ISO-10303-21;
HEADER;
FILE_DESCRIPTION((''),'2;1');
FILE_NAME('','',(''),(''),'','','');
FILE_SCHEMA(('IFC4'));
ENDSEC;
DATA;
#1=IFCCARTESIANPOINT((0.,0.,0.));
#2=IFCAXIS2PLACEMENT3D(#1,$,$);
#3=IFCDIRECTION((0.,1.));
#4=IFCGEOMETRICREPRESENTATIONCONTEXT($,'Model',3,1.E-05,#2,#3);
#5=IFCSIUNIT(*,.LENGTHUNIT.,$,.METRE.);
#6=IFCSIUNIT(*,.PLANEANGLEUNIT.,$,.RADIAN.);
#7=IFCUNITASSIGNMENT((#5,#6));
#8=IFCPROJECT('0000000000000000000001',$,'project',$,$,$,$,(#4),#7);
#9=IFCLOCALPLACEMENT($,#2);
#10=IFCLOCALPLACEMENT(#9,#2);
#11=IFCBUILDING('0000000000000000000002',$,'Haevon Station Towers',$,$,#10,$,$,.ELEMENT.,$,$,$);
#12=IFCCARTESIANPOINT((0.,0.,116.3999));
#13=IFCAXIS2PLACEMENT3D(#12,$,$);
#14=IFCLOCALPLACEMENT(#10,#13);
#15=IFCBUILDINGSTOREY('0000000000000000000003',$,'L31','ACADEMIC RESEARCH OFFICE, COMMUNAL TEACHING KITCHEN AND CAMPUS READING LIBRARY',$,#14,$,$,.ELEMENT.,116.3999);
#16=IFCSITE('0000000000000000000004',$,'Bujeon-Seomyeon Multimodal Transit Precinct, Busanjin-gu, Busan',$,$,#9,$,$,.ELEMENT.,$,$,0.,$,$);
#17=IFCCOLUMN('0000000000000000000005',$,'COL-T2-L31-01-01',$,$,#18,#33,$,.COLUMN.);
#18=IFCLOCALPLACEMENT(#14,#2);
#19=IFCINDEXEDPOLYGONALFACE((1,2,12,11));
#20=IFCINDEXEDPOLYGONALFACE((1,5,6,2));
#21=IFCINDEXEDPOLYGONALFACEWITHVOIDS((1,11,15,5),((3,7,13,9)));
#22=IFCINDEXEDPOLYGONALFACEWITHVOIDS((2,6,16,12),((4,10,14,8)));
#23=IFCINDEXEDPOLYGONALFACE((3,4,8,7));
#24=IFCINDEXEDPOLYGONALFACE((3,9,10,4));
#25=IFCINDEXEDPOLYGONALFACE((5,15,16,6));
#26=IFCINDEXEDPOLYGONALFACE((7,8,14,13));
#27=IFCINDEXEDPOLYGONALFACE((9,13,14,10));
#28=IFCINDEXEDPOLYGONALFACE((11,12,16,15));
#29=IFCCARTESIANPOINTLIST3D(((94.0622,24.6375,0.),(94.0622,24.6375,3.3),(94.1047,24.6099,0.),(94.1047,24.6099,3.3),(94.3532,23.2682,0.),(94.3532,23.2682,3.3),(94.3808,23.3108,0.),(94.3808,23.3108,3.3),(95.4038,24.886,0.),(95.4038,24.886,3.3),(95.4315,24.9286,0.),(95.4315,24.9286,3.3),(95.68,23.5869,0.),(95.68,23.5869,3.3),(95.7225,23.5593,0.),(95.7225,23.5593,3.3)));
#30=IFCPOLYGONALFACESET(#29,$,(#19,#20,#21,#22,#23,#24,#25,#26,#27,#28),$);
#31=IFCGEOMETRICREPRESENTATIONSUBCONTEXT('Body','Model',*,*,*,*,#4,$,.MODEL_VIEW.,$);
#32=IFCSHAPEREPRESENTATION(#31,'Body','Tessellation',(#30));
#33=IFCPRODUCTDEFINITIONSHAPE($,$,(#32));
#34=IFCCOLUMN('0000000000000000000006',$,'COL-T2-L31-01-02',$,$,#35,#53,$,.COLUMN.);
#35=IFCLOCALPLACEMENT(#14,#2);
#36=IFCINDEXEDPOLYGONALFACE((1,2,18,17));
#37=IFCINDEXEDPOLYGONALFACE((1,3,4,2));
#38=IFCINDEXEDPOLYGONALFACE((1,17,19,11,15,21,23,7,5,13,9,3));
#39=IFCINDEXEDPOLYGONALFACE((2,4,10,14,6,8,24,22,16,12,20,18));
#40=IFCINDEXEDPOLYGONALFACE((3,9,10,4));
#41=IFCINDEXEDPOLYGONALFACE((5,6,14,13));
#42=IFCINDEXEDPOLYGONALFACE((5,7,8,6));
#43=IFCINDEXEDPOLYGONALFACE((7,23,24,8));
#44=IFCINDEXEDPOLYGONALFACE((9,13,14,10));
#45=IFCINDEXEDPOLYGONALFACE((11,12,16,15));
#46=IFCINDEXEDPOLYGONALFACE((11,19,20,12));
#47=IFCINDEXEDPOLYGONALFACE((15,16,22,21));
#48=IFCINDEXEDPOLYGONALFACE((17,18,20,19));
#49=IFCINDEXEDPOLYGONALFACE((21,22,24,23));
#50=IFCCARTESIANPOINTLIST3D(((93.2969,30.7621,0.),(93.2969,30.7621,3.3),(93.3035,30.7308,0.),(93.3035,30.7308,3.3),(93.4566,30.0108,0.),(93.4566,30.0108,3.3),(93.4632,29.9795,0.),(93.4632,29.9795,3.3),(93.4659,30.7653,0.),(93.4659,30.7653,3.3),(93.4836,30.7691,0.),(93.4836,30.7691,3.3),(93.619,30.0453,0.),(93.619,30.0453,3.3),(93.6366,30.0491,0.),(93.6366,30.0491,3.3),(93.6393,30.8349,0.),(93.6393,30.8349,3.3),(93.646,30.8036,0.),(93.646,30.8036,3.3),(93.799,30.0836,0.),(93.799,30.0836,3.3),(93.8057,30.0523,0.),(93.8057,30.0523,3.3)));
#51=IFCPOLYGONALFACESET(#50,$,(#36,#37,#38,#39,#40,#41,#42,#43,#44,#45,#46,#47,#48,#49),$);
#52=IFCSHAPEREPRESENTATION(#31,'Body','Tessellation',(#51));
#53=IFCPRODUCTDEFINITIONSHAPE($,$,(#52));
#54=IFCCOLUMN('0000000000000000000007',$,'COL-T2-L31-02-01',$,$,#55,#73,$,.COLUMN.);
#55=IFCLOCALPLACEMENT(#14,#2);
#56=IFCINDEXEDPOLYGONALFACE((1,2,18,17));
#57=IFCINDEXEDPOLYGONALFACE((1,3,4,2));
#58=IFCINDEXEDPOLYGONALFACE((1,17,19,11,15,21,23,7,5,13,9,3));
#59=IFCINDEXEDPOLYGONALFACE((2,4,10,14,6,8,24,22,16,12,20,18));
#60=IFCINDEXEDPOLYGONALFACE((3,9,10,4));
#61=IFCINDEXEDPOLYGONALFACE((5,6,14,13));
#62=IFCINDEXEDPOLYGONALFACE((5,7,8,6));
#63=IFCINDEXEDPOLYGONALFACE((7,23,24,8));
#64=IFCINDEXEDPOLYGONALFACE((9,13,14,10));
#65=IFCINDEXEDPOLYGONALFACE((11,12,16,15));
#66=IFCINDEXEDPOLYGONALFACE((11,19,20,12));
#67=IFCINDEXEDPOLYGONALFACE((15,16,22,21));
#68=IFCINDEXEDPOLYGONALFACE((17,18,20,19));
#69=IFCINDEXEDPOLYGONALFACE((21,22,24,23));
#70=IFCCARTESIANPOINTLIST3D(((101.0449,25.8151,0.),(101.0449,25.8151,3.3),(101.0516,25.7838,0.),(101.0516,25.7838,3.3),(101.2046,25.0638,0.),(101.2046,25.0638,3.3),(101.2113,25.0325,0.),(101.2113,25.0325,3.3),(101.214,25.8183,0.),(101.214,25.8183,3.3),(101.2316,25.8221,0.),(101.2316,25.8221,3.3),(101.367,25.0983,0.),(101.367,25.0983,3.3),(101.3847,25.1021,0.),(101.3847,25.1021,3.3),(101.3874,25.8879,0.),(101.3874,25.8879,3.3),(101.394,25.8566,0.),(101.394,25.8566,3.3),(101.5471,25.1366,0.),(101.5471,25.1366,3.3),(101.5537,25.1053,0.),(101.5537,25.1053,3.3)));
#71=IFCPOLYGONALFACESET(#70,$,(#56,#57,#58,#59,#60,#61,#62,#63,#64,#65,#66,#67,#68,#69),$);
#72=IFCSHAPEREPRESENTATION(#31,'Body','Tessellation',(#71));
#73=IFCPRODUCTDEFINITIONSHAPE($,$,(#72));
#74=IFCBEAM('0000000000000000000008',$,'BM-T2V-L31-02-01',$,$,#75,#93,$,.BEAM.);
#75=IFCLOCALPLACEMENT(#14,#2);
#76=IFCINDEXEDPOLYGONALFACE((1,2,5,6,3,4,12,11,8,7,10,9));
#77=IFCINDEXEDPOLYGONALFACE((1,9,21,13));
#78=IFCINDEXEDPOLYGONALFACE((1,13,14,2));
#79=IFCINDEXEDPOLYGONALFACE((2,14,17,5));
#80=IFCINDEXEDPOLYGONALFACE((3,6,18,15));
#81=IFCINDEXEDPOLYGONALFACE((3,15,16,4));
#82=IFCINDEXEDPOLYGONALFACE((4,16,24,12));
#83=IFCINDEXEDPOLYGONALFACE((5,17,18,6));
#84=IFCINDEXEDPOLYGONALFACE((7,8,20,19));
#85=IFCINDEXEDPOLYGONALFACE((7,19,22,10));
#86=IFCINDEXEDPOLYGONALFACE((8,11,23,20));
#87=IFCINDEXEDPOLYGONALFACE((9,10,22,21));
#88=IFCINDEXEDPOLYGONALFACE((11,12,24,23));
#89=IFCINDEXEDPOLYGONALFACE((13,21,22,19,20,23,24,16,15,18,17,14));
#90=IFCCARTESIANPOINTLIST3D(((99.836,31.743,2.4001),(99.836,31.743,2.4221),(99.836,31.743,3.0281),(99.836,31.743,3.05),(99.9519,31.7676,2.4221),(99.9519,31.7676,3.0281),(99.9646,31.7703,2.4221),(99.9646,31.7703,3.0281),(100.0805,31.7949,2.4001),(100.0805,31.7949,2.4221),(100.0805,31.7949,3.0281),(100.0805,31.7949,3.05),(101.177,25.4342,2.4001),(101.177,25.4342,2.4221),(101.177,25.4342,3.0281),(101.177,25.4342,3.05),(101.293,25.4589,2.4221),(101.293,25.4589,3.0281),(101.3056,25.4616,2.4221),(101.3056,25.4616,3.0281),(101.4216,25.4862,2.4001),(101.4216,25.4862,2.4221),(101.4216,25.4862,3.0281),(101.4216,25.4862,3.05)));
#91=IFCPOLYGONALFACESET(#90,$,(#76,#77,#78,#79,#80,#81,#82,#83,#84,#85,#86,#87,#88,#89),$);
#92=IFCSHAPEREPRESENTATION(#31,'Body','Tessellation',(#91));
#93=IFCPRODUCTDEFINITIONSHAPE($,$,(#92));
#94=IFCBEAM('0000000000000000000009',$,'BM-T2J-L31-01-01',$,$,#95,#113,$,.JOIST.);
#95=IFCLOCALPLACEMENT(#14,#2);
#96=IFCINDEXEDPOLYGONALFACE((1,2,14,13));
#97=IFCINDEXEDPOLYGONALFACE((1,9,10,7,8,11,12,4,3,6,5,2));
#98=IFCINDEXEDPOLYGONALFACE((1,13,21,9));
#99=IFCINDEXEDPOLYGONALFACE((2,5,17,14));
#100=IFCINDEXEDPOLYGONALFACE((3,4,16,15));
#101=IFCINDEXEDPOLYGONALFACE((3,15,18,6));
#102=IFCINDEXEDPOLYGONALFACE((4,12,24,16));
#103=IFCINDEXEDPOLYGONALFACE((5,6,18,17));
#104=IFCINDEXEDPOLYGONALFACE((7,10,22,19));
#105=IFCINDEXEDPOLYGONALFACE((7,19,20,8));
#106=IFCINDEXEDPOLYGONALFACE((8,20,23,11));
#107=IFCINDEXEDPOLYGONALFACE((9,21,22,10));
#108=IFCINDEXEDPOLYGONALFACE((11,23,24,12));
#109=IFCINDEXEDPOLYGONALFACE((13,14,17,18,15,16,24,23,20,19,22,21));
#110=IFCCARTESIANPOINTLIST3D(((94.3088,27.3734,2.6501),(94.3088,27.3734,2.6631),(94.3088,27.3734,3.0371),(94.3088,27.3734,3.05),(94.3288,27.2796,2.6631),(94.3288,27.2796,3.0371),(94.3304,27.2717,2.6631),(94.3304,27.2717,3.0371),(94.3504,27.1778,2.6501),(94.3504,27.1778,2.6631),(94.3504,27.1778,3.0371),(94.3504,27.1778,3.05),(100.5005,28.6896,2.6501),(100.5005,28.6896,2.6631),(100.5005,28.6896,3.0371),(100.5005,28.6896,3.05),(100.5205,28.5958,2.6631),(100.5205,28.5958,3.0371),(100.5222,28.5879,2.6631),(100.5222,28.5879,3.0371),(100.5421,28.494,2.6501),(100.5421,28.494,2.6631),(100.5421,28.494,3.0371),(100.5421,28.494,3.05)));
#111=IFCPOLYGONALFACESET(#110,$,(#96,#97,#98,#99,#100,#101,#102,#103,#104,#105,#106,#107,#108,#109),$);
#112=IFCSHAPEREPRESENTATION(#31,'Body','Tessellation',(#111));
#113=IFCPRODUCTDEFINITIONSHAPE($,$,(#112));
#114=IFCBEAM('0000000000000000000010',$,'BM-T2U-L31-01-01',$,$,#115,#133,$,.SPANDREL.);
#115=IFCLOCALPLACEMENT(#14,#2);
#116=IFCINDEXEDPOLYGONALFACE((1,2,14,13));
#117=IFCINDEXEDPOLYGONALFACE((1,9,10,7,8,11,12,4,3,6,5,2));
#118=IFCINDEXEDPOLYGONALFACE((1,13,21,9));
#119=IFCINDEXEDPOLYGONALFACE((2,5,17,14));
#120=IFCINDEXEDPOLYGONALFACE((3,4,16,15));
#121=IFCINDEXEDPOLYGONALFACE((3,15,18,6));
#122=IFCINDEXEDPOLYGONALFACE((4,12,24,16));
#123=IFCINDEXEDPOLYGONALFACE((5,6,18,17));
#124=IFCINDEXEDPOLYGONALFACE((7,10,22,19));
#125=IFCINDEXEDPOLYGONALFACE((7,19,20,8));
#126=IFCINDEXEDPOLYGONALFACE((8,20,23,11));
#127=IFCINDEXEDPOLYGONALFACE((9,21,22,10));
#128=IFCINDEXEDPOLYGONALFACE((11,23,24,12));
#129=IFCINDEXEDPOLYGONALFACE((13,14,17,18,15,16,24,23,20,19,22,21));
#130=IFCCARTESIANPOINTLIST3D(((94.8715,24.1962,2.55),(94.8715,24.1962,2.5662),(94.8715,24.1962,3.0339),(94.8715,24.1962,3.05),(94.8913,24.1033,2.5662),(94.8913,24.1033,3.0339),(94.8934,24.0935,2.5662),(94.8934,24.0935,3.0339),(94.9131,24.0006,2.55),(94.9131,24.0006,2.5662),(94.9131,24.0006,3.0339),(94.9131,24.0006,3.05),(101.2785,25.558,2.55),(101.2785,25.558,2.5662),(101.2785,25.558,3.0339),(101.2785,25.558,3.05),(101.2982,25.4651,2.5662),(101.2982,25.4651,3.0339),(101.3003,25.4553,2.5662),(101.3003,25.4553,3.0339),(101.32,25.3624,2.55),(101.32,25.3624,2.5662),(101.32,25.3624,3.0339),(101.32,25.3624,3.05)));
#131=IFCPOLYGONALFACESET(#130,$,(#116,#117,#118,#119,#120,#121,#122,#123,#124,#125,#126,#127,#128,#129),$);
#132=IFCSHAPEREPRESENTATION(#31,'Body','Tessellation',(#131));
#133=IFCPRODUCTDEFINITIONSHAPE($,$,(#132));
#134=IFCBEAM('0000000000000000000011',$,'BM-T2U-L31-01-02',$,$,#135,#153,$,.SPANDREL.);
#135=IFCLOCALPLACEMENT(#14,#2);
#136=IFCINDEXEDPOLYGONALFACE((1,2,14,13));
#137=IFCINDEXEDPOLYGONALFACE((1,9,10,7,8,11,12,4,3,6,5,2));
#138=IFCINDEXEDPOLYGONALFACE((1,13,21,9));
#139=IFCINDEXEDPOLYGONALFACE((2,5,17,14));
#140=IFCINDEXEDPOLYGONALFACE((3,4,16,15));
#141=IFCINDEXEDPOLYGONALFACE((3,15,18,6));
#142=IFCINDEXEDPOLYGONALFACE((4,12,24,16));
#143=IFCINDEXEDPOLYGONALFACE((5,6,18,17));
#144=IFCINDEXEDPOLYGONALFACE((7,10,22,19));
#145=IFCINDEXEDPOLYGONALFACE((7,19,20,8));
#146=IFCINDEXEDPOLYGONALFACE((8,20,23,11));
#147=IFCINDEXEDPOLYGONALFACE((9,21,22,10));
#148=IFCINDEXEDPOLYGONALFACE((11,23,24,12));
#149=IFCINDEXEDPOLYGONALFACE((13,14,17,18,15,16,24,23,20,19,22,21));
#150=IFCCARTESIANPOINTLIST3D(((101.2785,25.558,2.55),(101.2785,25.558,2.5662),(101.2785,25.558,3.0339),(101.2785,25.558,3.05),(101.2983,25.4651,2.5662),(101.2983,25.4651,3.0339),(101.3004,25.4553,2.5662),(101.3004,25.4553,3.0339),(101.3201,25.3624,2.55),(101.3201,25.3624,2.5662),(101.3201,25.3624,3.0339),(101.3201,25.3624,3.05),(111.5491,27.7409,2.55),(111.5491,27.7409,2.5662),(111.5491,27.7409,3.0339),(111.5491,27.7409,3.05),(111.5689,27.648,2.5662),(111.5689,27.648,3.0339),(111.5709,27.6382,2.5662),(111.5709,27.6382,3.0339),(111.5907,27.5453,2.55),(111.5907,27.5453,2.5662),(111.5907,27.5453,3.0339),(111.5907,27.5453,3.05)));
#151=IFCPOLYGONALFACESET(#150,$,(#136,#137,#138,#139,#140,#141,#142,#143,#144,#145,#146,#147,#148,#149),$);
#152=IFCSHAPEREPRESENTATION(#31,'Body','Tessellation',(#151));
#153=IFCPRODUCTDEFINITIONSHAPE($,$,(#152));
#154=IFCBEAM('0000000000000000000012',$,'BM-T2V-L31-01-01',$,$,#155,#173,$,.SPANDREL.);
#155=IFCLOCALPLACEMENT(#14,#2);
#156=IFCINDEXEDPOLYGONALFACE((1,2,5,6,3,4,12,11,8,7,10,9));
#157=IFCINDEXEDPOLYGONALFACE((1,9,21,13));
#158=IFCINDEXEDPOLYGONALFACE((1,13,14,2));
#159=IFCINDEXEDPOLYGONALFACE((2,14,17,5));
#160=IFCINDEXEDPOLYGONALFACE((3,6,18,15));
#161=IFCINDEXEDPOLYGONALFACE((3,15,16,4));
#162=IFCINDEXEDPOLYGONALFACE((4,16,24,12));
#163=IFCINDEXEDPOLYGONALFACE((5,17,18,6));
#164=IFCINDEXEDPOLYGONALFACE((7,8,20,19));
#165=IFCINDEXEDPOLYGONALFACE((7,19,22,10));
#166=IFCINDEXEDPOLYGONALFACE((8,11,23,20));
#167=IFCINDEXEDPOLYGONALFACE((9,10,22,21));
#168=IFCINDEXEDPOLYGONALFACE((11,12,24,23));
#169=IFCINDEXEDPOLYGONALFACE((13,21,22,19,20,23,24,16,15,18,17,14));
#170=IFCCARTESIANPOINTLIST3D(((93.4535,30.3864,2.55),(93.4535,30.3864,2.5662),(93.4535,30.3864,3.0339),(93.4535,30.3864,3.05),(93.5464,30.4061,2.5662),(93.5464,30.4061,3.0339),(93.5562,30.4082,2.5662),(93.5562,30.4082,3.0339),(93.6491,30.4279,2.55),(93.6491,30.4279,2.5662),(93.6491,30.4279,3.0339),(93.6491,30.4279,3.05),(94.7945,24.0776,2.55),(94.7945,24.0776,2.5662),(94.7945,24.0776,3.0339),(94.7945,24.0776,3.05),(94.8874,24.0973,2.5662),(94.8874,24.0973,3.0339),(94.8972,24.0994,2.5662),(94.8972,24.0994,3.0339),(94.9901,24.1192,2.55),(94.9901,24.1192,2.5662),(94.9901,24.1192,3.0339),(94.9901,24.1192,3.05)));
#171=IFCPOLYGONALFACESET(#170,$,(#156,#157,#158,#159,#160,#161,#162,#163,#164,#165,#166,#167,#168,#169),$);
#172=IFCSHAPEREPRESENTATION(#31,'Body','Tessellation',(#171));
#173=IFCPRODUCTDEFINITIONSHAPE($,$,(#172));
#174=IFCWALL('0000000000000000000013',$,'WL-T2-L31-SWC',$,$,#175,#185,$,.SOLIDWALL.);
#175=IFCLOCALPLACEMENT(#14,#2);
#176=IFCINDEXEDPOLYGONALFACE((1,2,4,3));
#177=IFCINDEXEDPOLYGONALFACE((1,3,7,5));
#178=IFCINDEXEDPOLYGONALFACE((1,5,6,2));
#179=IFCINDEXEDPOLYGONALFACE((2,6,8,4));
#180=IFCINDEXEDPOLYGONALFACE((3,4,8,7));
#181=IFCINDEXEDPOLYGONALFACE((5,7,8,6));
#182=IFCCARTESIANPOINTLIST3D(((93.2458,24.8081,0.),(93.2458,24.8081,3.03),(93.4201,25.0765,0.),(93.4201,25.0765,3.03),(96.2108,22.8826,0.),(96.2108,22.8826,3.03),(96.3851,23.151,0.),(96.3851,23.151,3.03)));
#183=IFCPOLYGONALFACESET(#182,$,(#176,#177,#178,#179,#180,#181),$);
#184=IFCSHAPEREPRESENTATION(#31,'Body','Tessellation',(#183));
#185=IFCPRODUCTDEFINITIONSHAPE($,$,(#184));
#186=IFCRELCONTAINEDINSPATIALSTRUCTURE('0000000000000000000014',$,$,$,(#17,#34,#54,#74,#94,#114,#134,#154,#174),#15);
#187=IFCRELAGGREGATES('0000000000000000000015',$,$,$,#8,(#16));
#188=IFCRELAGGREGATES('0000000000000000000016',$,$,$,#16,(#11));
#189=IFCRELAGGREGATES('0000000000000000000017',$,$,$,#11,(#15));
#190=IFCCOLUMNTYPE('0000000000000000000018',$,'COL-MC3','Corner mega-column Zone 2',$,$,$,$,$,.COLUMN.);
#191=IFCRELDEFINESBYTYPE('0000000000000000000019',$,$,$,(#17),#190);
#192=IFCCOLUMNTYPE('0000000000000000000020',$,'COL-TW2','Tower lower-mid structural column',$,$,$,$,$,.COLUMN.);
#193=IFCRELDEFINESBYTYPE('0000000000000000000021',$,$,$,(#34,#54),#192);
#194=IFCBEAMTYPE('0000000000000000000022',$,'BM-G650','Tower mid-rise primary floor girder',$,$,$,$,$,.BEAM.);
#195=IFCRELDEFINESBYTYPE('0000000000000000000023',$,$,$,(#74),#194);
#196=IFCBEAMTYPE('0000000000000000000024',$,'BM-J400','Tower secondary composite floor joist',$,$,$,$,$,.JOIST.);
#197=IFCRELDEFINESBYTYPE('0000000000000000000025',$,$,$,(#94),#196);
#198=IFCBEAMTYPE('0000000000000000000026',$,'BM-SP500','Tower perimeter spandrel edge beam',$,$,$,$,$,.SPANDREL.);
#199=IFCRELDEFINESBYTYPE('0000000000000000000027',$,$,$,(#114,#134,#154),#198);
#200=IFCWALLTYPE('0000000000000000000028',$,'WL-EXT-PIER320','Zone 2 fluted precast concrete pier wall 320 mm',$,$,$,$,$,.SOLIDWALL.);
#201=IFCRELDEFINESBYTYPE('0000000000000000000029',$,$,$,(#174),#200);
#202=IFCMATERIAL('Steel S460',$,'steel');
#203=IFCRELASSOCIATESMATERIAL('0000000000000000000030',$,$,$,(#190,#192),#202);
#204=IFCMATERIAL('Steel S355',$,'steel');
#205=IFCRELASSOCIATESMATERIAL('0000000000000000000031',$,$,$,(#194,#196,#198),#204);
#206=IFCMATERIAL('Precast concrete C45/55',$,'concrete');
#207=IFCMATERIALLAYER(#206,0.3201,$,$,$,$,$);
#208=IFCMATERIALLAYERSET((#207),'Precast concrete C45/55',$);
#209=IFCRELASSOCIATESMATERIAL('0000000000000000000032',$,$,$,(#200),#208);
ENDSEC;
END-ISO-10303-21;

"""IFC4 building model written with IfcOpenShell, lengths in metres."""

from ifc_helpers import new_model, si_unit, direction, frame, frame_2d, origin, origin_2d, place, context, subcontext, project, spatial, rectangle, hollow_rectangle, i_section, extrude, material, layer, layer_set, material_profile, profile_set, type_object, element, save


model = new_model("IFC4")

# Units and contexts
model_context = context("Model", 3, precision=1e-05, world=origin(), true_north=direction((0.0, 1.0)))
body_context = subcontext(model_context, "Body", "Model", "MODEL_VIEW")
ifc_project = project(units=[si_unit("LENGTHUNIT", "METRE"), si_unit("PLANEANGLEUNIT", "RADIAN")], contexts=[model_context])

# Site, building, storey
site_placement = place(None, origin())
site = spatial("IfcSite", under=ifc_project, at=site_placement, Name="Bujeon-Seomyeon Multimodal Transit Precinct, Busanjin-gu, Busan", CompositionType="ELEMENT", RefElevation=0.0)
building_placement = place(site_placement, origin())
building = spatial("IfcBuilding", under=site, at=building_placement, Name="Haevon Station Towers", CompositionType="ELEMENT")
storey_placement = place(building_placement, frame((0.0, 0.0, 116.3999)))
storey = spatial("IfcBuildingStorey", under=building, at=storey_placement, Name="L31", Description="ACADEMIC RESEARCH OFFICE, COMMUNAL TEACHING KITCHEN AND CAMPUS READING LIBRARY", CompositionType="ELEMENT", Elevation=116.3999)

# Columns
ifc_material_1 = material(Name="Steel S460", Category="steel")
ifc_material_profile_1 = material_profile(ifc_material_1, hollow_rectangle(XDim=1.3999, YDim=1.3999, WallThickness=0.0359, at=origin_2d()), Name="BOX-1400x1400x36")
ifc_profile_set_1 = profile_set([ifc_material_profile_1], Name="Steel S460")
column_type_1 = type_object("IfcColumnType", Name="COL-MC3", Description="Corner mega-column Zone 2", PredefinedType="COLUMN", material=ifc_profile_set_1)
column_placement = place(storey_placement, frame((94.8923, 24.0984, 0.0), z_axis=(0.0, 0.0, 1.0), x_axis=(0.978148, 0.207912, 0.0)))
element("IfcColumn", 1, at=column_placement, inside=storey, type_object=column_type_1, Name="COL-T2-L31-01-01", PredefinedType="COLUMN", context=body_context, shape_type="SweptSolid", body=[
    extrude(hollow_rectangle(XDim=1.3999, YDim=1.3999, WallThickness=0.0359, at=origin_2d()), origin(), (0.0, 0.0, 1.0), 3.3),
])
ifc_material_profile_2 = material_profile(ifc_material_1, i_section(OverallWidth=0.3501, OverallDepth=0.8, WebThickness=0.0181, FlangeThickness=0.032, at=origin_2d()), Name="H-800x350x18x32")
ifc_profile_set_2 = profile_set([ifc_material_profile_2], Name="Steel S460")
column_type_2 = type_object("IfcColumnType", Name="COL-TW2", Description="Tower lower-mid structural column", PredefinedType="COLUMN", material=ifc_profile_set_2)
for number, where, z_axis, x_axis, name in (
    (2, (93.5513, 30.4072, 0.0), (0.0, 0.0, 1.0), (0.978148, 0.207912, 0.0), "COL-T2-L31-01-02"),
    (3, (101.2993, 25.4602, 0.0), (0.0, 0.0, 1.0), (0.978148, 0.207912, 0.0), "COL-T2-L31-02-01"),
):
    element("IfcColumn", number, at=place(storey_placement, frame(where, z_axis=z_axis, x_axis=x_axis)), inside=storey, type_object=column_type_2, Name=name, PredefinedType="COLUMN", context=body_context, shape_type="SweptSolid", body=[
        extrude(i_section(OverallWidth=0.3501, OverallDepth=0.8, WebThickness=0.0181, FlangeThickness=0.032, at=origin_2d()), origin(), (0.0, 0.0, 1.0), 3.3),
    ])

# Beams
ifc_material_2 = material(Name="Steel S355", Category="steel")
ifc_material_profile_3 = material_profile(ifc_material_2, i_section(OverallWidth=0.25, OverallDepth=0.6499, WebThickness=0.0129, FlangeThickness=0.022, at=origin_2d()), Name="H-650x250x13x22")
ifc_profile_set_3 = profile_set([ifc_material_profile_3], Name="Steel S355")
beam_type_1 = type_object("IfcBeamType", Name="BM-G650", Description="Tower mid-rise primary floor girder", PredefinedType="BEAM", material=ifc_profile_set_3)
beam_1_placement = place(storey_placement, frame((101.2993, 25.4602, 2.7251), z_axis=(-0.207923, 0.978145, 0.0), x_axis=(-0.978145, -0.207923, 0.0)))
element("IfcBeam", 4, at=beam_1_placement, inside=storey, type_object=beam_type_1, Name="BM-T2V-L31-02-01", PredefinedType="BEAM", context=body_context, shape_type="SweptSolid", body=[
    extrude(i_section(OverallWidth=0.25, OverallDepth=0.6499, WebThickness=0.0129, FlangeThickness=0.022, at=origin_2d()), origin(), (0.0, 0.0, 1.0), 6.4497),
])
ifc_material_profile_4 = material_profile(ifc_material_2, i_section(OverallWidth=0.2, OverallDepth=0.3999, WebThickness=0.0081, FlangeThickness=0.0129, at=origin_2d()), Name="H-400x200x8x13")
ifc_profile_set_4 = profile_set([ifc_material_profile_4], Name="Steel S355")
beam_type_2 = type_object("IfcBeamType", Name="BM-J400", Description="Tower secondary composite floor joist", PredefinedType="JOIST", material=ifc_profile_set_4)
beam_2_placement = place(storey_placement, frame((94.3296, 27.2756, 2.8501), z_axis=(0.978145, 0.207925, 0.0), x_axis=(-0.207925, 0.978145, 0.0)))
element("IfcBeam", 5, at=beam_2_placement, inside=storey, type_object=beam_type_2, Name="BM-T2J-L31-01-01", PredefinedType="JOIST", context=body_context, shape_type="SweptSolid", body=[
    extrude(i_section(OverallWidth=0.2, OverallDepth=0.3999, WebThickness=0.0081, FlangeThickness=0.0129, at=origin_2d()), origin(), (0.0, 0.0, 1.0), 6.3301),
])
ifc_material_profile_5 = material_profile(ifc_material_2, i_section(OverallWidth=0.2, OverallDepth=0.5, WebThickness=0.01, FlangeThickness=0.0161, at=origin_2d()), Name="H-500x200x10x16")
ifc_profile_set_5 = profile_set([ifc_material_profile_5], Name="Steel S355")
beam_type_3 = type_object("IfcBeamType", Name="BM-SP500", Description="Tower perimeter spandrel edge beam", PredefinedType="SPANDREL", material=ifc_profile_set_5)
beam_3_placement = place(storey_placement, frame((94.8923, 24.0984, 2.8), z_axis=(0.978149, 0.207907, 0.0), x_axis=(-0.207907, 0.978149, 0.0)))
element("IfcBeam", 6, at=beam_3_placement, inside=storey, type_object=beam_type_3, Name="BM-T2U-L31-01-01", PredefinedType="SPANDREL", context=body_context, shape_type="SweptSolid", body=[
    extrude(i_section(OverallWidth=0.2, OverallDepth=0.5, WebThickness=0.01, FlangeThickness=0.0161, at=origin_2d()), origin(), (0.0, 0.0, 1.0), 6.55),
])
beam_4_placement = place(storey_placement, frame((101.2993, 25.4602, 2.8), z_axis=(0.978152, 0.207893, 0.0), x_axis=(-0.207893, 0.978152, 0.0)))
element("IfcBeam", 7, at=beam_4_placement, inside=storey, type_object=beam_type_3, Name="BM-T2U-L31-01-02", PredefinedType="SPANDREL", context=body_context, shape_type="SweptSolid", body=[
    extrude(i_section(OverallWidth=0.2, OverallDepth=0.5, WebThickness=0.01, FlangeThickness=0.0161, at=origin_2d()), origin(), (0.0, 0.0, 1.0), 10.5),
])
beam_5_placement = place(storey_placement, frame((94.8923, 24.0984, 2.8), z_axis=(-0.207923, 0.978145, 0.0), x_axis=(-0.978145, -0.207923, 0.0)))
element("IfcBeam", 8, at=beam_5_placement, inside=storey, type_object=beam_type_3, Name="BM-T2V-L31-01-01", PredefinedType="SPANDREL", context=body_context, shape_type="SweptSolid", body=[
    extrude(i_section(OverallWidth=0.2, OverallDepth=0.5, WebThickness=0.01, FlangeThickness=0.0161, at=origin_2d()), origin(), (0.0, 0.0, 1.0), 6.4497),
])

# Wall
ifc_material_3 = material(Name="Precast concrete C45/55", Category="concrete")
ifc_layer_1 = layer(ifc_material_3, 0.3201)
ifc_layer_set_1 = layer_set([ifc_layer_1], Name="Precast concrete C45/55")
wall_type_1 = type_object("IfcWallType", Name="WL-EXT-PIER320", Description="Zone 2 fluted precast concrete pier wall 320 mm", PredefinedType="SOLIDWALL", material=ifc_layer_set_1)
wall_1_placement = place(storey_placement, frame((96.2979, 23.0168, 0.0), z_axis=(0.0, 0.0, 1.0), x_axis=(-0.838672, 0.544636, 0.0)))
element("IfcWall", 9, at=wall_1_placement, inside=storey, type_object=wall_type_1, Name="WL-T2-L31-SWC", PredefinedType="SOLIDWALL", context=body_context, shape_type="SweptSolid", body=[
    extrude(rectangle(XDim=3.5354, YDim=0.3201, at=frame_2d((1.7676, 0.0))), origin(), (0.0, 0.0, 1.0), 3.03),
])

save(model, "model.ifc")
